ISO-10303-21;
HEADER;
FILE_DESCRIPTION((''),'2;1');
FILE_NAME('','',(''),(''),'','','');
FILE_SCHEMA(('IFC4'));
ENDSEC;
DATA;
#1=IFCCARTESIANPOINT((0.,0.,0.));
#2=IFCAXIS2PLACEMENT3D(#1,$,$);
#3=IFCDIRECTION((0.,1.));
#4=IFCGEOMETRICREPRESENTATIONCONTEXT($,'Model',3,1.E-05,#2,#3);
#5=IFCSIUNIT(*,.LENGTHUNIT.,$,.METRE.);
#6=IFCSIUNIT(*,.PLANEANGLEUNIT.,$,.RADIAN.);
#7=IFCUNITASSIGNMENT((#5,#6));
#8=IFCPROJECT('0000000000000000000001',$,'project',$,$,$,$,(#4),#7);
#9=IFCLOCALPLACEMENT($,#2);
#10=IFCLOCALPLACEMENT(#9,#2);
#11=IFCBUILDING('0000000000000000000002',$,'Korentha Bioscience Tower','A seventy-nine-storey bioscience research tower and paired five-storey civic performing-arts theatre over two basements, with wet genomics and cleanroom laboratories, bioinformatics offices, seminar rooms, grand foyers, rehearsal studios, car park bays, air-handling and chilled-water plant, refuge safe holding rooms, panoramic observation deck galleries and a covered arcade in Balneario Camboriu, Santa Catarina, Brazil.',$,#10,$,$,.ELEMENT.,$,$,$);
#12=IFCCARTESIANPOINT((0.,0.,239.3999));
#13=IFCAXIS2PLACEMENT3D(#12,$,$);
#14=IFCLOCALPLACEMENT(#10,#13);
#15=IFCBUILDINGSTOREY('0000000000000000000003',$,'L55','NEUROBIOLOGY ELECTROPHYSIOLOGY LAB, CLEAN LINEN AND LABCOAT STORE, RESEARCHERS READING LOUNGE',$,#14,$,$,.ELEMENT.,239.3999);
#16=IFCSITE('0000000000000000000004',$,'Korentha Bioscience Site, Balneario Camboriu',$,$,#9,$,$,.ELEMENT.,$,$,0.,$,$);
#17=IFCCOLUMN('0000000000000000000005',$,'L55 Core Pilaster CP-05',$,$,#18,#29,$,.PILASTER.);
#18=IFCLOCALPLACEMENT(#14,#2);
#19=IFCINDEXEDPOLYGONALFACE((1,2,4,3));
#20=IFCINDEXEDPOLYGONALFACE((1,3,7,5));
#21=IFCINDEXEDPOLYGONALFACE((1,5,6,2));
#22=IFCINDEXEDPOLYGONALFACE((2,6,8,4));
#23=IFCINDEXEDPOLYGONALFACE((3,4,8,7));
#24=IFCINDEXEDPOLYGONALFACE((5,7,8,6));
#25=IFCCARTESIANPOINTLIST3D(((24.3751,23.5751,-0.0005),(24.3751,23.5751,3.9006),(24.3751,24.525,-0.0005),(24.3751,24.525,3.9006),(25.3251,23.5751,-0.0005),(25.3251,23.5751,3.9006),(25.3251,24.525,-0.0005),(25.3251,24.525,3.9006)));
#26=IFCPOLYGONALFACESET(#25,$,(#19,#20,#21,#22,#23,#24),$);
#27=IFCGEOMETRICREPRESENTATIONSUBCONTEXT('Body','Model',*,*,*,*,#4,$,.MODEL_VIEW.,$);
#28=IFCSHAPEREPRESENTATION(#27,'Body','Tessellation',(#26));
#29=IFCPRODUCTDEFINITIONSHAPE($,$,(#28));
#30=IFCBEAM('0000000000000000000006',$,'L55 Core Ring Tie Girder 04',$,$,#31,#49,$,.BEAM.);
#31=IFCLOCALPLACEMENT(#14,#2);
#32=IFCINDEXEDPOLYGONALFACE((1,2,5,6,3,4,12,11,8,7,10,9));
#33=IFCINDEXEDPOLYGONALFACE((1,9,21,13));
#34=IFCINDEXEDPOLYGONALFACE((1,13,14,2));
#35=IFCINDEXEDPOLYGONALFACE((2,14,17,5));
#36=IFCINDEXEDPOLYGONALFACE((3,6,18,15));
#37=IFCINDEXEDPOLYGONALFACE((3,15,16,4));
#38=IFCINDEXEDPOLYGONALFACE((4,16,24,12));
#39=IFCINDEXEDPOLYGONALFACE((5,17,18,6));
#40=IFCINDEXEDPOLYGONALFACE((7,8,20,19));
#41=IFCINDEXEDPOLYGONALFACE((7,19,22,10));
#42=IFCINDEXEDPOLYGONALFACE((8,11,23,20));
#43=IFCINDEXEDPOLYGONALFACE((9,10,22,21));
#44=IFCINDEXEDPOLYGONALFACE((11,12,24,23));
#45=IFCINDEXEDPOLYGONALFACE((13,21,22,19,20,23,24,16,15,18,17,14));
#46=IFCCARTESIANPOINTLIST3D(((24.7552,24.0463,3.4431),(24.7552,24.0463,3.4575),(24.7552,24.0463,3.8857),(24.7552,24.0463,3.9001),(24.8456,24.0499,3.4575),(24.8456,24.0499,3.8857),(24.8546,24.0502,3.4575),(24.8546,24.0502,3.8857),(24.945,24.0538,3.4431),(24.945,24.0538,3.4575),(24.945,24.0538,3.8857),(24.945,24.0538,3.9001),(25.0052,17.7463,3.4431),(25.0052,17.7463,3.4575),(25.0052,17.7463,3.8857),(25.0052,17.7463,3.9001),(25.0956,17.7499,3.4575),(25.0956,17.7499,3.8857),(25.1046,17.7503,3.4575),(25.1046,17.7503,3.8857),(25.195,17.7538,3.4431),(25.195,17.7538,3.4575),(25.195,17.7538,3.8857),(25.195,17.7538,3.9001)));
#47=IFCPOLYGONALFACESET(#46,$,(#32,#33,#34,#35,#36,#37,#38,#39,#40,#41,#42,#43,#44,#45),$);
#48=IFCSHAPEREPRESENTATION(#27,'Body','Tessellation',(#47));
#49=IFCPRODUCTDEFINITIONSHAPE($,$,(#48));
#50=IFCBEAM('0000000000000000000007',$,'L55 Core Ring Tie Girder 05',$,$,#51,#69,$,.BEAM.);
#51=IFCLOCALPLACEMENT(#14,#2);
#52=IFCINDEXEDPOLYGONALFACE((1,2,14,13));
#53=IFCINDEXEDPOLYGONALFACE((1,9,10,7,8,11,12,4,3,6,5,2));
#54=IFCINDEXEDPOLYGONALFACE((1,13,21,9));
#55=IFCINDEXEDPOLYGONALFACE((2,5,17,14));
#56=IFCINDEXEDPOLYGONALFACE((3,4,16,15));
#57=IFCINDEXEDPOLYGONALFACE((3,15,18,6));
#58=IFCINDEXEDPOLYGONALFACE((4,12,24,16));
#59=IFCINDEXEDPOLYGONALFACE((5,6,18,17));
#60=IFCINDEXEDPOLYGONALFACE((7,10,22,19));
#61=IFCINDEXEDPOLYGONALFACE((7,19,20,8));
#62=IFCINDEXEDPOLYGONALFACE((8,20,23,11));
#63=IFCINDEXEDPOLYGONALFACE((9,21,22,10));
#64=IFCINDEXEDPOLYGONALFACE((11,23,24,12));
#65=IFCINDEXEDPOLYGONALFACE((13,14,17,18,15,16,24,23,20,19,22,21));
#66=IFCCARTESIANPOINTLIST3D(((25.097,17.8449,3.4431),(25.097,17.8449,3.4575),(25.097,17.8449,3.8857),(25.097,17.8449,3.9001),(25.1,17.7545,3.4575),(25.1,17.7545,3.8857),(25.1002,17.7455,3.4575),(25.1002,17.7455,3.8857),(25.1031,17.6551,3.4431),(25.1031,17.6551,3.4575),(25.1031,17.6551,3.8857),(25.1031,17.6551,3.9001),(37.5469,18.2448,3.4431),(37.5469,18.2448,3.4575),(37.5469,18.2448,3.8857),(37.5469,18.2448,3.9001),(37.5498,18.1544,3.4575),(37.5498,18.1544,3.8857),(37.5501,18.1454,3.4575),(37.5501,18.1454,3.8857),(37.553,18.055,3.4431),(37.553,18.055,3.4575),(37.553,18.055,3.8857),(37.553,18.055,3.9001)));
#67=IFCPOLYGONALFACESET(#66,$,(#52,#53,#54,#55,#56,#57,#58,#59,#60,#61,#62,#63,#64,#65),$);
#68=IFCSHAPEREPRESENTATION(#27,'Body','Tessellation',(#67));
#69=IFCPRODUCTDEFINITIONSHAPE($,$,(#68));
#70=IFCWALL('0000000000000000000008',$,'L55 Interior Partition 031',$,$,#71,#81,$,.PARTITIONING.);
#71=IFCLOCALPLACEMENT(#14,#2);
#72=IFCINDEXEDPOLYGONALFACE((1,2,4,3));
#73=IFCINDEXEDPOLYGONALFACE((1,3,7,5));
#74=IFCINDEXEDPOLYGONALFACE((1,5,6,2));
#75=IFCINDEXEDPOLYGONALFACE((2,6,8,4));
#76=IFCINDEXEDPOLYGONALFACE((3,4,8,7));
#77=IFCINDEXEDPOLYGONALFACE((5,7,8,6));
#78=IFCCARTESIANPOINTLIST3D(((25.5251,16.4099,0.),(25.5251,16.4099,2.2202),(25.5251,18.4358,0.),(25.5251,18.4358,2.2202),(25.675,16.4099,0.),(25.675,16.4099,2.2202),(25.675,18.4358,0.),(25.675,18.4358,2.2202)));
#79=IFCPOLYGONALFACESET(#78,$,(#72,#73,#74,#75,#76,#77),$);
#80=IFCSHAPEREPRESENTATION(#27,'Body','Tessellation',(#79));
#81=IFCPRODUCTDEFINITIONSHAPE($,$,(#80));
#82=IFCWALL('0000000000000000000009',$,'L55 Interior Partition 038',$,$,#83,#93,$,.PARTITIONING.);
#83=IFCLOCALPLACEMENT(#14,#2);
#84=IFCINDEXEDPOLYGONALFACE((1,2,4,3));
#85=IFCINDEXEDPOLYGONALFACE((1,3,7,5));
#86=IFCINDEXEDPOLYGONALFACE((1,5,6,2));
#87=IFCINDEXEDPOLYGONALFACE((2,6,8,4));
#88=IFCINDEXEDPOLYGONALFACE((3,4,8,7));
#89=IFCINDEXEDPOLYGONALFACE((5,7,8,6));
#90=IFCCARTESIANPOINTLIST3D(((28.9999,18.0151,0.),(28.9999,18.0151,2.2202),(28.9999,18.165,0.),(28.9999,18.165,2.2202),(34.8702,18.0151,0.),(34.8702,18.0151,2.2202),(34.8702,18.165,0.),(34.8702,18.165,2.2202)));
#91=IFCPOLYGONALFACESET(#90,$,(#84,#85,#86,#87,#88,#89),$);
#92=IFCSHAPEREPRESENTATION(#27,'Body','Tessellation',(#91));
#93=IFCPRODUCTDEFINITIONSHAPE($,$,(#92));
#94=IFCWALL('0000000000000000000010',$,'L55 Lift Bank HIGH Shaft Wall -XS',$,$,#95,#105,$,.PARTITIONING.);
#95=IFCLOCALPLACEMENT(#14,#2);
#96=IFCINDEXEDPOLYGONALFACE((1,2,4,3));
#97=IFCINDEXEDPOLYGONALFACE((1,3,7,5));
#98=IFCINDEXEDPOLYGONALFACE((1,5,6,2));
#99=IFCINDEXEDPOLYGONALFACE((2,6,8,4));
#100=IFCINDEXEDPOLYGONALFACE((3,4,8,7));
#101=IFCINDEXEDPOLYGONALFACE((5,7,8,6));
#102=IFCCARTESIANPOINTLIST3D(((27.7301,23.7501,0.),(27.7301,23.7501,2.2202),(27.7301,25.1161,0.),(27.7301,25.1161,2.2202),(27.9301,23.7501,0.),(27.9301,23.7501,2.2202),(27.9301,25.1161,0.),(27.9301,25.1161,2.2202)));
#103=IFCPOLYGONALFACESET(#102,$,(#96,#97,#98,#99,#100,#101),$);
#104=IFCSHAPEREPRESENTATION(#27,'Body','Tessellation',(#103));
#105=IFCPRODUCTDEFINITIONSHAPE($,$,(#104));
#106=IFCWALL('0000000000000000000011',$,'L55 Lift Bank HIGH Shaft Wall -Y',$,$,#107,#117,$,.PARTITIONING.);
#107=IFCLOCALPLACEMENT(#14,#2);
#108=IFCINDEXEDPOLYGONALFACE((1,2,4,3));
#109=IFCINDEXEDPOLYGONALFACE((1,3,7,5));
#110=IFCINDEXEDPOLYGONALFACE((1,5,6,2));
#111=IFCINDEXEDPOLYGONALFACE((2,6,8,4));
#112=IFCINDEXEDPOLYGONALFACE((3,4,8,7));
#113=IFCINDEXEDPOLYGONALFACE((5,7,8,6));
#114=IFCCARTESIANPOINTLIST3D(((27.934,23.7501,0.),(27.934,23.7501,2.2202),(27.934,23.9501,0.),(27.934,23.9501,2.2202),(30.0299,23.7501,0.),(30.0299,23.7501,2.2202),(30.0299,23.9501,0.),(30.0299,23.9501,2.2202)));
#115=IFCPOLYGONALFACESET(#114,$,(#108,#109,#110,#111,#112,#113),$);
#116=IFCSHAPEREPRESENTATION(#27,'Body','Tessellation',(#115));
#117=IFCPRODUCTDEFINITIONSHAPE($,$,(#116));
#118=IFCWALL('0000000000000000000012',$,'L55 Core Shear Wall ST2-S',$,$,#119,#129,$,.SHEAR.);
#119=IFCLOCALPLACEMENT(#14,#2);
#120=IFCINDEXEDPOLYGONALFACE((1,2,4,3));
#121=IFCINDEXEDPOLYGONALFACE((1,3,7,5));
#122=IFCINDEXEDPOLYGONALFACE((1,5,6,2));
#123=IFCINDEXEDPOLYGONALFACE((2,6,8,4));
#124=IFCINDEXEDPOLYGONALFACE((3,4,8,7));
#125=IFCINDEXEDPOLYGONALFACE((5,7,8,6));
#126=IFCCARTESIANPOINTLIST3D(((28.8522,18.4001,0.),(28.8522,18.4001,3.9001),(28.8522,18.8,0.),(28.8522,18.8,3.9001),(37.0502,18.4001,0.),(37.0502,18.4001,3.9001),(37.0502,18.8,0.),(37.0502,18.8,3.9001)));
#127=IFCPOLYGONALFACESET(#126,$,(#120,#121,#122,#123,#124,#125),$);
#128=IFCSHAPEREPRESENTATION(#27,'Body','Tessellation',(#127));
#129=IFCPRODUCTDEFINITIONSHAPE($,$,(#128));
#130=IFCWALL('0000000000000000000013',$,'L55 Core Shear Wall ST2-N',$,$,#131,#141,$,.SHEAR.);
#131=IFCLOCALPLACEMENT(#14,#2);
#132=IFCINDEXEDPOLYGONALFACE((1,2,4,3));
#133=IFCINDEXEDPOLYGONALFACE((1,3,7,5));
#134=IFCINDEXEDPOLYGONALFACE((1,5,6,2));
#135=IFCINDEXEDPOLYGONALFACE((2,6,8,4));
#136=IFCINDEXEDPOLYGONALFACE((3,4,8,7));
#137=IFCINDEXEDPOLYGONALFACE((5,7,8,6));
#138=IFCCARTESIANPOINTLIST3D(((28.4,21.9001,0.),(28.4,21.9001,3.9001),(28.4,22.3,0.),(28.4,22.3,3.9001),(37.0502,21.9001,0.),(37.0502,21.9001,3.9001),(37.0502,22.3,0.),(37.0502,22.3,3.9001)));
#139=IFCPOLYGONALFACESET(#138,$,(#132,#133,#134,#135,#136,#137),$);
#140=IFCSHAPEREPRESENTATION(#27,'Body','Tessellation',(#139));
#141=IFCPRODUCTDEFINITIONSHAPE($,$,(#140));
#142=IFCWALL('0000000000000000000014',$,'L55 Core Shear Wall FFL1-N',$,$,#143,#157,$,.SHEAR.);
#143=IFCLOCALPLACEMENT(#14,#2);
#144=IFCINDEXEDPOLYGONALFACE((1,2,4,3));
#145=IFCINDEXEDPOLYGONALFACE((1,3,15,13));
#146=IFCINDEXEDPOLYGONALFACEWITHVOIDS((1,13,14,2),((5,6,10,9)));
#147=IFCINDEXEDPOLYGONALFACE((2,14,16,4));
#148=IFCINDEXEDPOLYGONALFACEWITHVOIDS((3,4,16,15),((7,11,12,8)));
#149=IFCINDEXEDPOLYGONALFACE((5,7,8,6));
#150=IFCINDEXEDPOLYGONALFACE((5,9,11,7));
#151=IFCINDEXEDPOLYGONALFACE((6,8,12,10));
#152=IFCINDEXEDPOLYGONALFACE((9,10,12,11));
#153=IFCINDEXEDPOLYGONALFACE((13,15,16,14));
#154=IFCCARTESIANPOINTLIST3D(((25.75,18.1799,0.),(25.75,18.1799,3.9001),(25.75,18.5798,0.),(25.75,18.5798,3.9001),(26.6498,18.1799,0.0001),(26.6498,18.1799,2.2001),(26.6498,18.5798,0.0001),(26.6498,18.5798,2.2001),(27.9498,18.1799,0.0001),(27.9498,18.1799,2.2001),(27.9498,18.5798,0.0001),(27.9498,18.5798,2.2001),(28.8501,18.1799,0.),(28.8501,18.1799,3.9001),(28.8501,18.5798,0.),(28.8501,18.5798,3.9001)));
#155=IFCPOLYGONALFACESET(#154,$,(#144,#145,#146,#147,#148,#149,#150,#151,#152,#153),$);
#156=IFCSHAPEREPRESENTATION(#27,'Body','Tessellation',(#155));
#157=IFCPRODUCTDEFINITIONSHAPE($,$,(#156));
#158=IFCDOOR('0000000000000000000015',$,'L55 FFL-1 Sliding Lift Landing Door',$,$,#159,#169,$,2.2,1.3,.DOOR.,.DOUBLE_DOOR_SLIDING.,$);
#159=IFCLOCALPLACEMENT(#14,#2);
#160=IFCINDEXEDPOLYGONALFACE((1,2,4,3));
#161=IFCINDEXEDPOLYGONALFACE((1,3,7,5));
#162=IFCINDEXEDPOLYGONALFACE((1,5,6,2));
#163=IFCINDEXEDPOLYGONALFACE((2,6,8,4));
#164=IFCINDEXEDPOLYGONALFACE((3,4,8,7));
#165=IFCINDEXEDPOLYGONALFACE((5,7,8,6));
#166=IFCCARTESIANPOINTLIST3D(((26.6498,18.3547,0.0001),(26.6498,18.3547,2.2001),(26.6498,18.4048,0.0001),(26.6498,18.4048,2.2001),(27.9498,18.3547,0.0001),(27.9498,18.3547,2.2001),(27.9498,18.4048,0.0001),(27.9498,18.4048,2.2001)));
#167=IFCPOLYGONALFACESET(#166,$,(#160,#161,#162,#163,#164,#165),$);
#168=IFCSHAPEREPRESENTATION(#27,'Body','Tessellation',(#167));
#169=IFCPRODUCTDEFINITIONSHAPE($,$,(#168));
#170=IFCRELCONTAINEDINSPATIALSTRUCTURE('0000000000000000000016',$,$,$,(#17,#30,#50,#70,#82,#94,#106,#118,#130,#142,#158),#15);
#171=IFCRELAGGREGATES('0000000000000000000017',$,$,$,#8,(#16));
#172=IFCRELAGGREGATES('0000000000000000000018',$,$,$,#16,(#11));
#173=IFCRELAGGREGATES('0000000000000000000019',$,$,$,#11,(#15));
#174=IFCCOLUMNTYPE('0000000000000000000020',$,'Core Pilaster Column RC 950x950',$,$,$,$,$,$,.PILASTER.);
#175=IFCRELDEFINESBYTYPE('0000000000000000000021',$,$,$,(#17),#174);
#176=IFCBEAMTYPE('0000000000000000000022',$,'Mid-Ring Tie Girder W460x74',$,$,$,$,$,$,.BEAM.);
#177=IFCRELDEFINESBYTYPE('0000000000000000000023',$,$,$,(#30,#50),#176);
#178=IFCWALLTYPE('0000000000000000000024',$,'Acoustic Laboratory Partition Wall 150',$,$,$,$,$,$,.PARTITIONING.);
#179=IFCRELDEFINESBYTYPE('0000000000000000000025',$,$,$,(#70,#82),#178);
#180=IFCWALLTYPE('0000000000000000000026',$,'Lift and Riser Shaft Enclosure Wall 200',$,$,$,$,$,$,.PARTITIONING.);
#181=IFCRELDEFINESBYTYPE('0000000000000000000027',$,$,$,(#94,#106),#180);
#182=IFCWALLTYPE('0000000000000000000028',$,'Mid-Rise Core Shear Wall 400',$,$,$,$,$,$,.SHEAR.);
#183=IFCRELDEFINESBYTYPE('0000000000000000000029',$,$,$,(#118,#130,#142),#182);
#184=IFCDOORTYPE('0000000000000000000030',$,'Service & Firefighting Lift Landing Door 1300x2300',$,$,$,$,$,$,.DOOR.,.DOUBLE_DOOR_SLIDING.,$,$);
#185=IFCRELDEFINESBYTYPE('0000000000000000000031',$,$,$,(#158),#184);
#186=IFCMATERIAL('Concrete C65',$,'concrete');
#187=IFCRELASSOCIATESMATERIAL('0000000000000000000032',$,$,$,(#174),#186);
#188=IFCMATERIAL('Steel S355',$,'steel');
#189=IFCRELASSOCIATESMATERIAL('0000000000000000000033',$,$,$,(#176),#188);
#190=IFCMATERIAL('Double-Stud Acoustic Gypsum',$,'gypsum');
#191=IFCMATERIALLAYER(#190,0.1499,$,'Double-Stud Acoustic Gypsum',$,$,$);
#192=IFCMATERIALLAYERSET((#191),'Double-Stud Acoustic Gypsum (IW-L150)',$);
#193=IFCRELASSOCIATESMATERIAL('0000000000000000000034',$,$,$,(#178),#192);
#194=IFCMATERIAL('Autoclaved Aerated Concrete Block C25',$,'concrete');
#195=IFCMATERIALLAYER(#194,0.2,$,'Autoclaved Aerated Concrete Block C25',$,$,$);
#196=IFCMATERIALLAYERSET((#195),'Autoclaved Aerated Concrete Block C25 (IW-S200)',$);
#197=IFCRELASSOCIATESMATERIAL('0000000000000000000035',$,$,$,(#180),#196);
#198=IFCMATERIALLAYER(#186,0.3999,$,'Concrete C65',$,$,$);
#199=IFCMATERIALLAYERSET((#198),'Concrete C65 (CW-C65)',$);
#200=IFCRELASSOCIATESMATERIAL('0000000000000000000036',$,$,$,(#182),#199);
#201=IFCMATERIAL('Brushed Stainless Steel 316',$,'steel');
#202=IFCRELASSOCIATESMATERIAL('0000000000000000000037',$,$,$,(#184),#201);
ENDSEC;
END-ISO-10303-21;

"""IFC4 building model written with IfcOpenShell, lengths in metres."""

from ifc_helpers import new_model, si_unit, direction, frame, frame_2d, origin, origin_2d, place, context, subcontext, project, spatial, rectangle, i_section, extrude, material, layer, layer_set, material_profile, profile_set, type_object, element, fill, save


model = new_model("IFC4")

# Units and contexts
model_context = context("Model", 3, precision=1e-05, world=origin(), true_north=direction((0.0, 1.0)))
body_context = subcontext(model_context, "Body", "Model", "MODEL_VIEW")
ifc_project = project(units=[si_unit("LENGTHUNIT", "METRE"), si_unit("PLANEANGLEUNIT", "RADIAN")], contexts=[model_context])

# Site, building, storey
site_placement = place(None, origin())
site = spatial("IfcSite", under=ifc_project, at=site_placement, Name="Korentha Bioscience Site, Balneario Camboriu", CompositionType="ELEMENT", RefElevation=0.0)
building_placement = place(site_placement, origin())
building = spatial("IfcBuilding", under=site, at=building_placement, Name="Korentha Bioscience Tower", Description="A seventy-nine-storey bioscience research tower and paired five-storey civic performing-arts theatre over two basements, with wet genomics and cleanroom laboratories, bioinformatics offices, seminar rooms, grand foyers, rehearsal studios, car park bays, air-handling and chilled-water plant, refuge safe holding rooms, panoramic observation deck galleries and a covered arcade in Balneario Camboriu, Santa Catarina, Brazil.", CompositionType="ELEMENT")
storey_placement = place(building_placement, frame((0.0, 0.0, 239.3999)))
storey = spatial("IfcBuildingStorey", under=building, at=storey_placement, Name="L55", Description="NEUROBIOLOGY ELECTROPHYSIOLOGY LAB, CLEAN LINEN AND LABCOAT STORE, RESEARCHERS READING LOUNGE", CompositionType="ELEMENT", Elevation=239.3999)

# Column
ifc_material_1 = material(Name="Concrete C65", Category="concrete")
ifc_material_profile_1 = material_profile(ifc_material_1, rectangle(XDim=0.95, YDim=0.95, at=origin_2d()), Name="Concrete C65")
ifc_profile_set_1 = profile_set([ifc_material_profile_1], Name="Concrete C65 (COL-CP09)")
column_type = type_object("IfcColumnType", Name="Core Pilaster Column RC 950x950", PredefinedType="PILASTER", material=ifc_profile_set_1)
column_placement = place(storey_placement, frame((24.8501, 24.05, -0.0005), z_axis=(0.0, 0.0, 1.0), x_axis=(1.0, 0.0, 0.0)))
element("IfcColumn", 1, at=column_placement, inside=storey, type_object=column_type, Name="L55 Core Pilaster CP-05", PredefinedType="PILASTER", context=body_context, shape_type="SweptSolid", body=[
    extrude(rectangle(XDim=0.95, YDim=0.95, at=origin_2d()), origin(), (0.0, 0.0, 1.0), 3.9011),
])

# Beams
ifc_material_2 = material(Name="Steel S355", Category="steel")
ifc_material_profile_2 = material_profile(ifc_material_2, i_section(OverallWidth=0.1899, OverallDepth=0.457, WebThickness=0.009, FlangeThickness=0.0144, at=origin_2d()), Name="Steel S355")
ifc_profile_set_2 = profile_set([ifc_material_profile_2], Name="Steel S355 (MB-460)")
beam_type = type_object("IfcBeamType", Name="Mid-Ring Tie Girder W460x74", PredefinedType="BEAM", material=ifc_profile_set_2)
beam_1_placement = place(storey_placement, frame((24.8501, 24.05, 3.6716), z_axis=(0.039651, -0.999214, 0.0), x_axis=(0.999214, 0.039651, 0.0)))
element("IfcBeam", 2, at=beam_1_placement, inside=storey, type_object=beam_type, Name="L55 Core Ring Tie Girder 04", PredefinedType="BEAM", context=body_context, shape_type="SweptSolid", body=[
    extrude(i_section(OverallWidth=0.1899, OverallDepth=0.457, WebThickness=0.009, FlangeThickness=0.0144, at=origin_2d()), origin(), (0.0, 0.0, 1.0), 6.3049),
])
beam_2_placement = place(storey_placement, frame((25.1001, 17.75, 3.6716), z_axis=(0.999485, 0.032104, 0.0), x_axis=(-0.032104, 0.999485, 0.0)))
element("IfcBeam", 3, at=beam_2_placement, inside=storey, type_object=beam_type, Name="L55 Core Ring Tie Girder 05", PredefinedType="BEAM", context=body_context, shape_type="SweptSolid", body=[
    extrude(i_section(OverallWidth=0.1899, OverallDepth=0.457, WebThickness=0.009, FlangeThickness=0.0144, at=origin_2d()), origin(), (0.0, 0.0, 1.0), 12.4563),
])

# Walls
ifc_material_3 = material(Name="Double-Stud Acoustic Gypsum", Category="gypsum")
ifc_layer_1 = layer(ifc_material_3, 0.1499, Name="Double-Stud Acoustic Gypsum")
ifc_layer_set_1 = layer_set([ifc_layer_1], Name="Double-Stud Acoustic Gypsum (IW-L150)")
wall_type_1 = type_object("IfcWallType", Name="Acoustic Laboratory Partition Wall 150", PredefinedType="PARTITIONING", material=ifc_layer_set_1)
wall_1_placement = place(storey_placement, frame((25.6001, 18.4358, 0.0), z_axis=(0.0, 0.0, 1.0), x_axis=(0.0, -1.0, 0.0)))
element("IfcWall", 4, at=wall_1_placement, inside=storey, type_object=wall_type_1, Name="L55 Interior Partition 031", PredefinedType="PARTITIONING", context=body_context, shape_type="SweptSolid", body=[
    extrude(rectangle(XDim=2.0259, YDim=0.1499, at=frame_2d((1.0129, 0.0))), origin(), (0.0, 0.0, 1.0), 2.2202),
])
wall_2_placement = place(storey_placement, frame((29.0, 18.0901, 0.0), z_axis=(0.0, 0.0, 1.0), x_axis=(1.0, 0.0, 0.0)))
element("IfcWall", 5, at=wall_2_placement, inside=storey, type_object=wall_type_1, Name="L55 Interior Partition 038", PredefinedType="PARTITIONING", context=body_context, shape_type="SweptSolid", body=[
    extrude(rectangle(XDim=5.8704, YDim=0.1499, at=frame_2d((2.9351, 0.0))), origin(), (0.0, 0.0, 1.0), 2.2202),
])
ifc_material_4 = material(Name="Autoclaved Aerated Concrete Block C25", Category="concrete")
ifc_layer_2 = layer(ifc_material_4, 0.2, Name="Autoclaved Aerated Concrete Block C25")
ifc_layer_set_2 = layer_set([ifc_layer_2], Name="Autoclaved Aerated Concrete Block C25 (IW-S200)")
wall_type_2 = type_object("IfcWallType", Name="Lift and Riser Shaft Enclosure Wall 200", PredefinedType="PARTITIONING", material=ifc_layer_set_2)
wall_3_placement = place(storey_placement, frame((27.8301, 23.75, 0.0), z_axis=(0.0, 0.0, 1.0), x_axis=(0.0, 1.0, 0.0)))
element("IfcWall", 6, at=wall_3_placement, inside=storey, type_object=wall_type_2, Name="L55 Lift Bank HIGH Shaft Wall -XS", PredefinedType="PARTITIONING", context=body_context, shape_type="SweptSolid", body=[
    extrude(rectangle(XDim=1.366, YDim=0.2, at=frame_2d((0.6831, 0.0))), origin(), (0.0, 0.0, 1.0), 2.2202),
])
wall_4_placement = place(storey_placement, frame((27.9341, 23.8501, 0.0), z_axis=(0.0, 0.0, 1.0), x_axis=(1.0, 0.0, 0.0)))
element("IfcWall", 7, at=wall_4_placement, inside=storey, type_object=wall_type_2, Name="L55 Lift Bank HIGH Shaft Wall -Y", PredefinedType="PARTITIONING", context=body_context, shape_type="SweptSolid", body=[
    extrude(rectangle(XDim=2.0959, YDim=0.2, at=frame_2d((1.0479, 0.0))), origin(), (0.0, 0.0, 1.0), 2.2202),
])
ifc_layer_3 = layer(ifc_material_1, 0.3999, Name="Concrete C65")
ifc_layer_set_3 = layer_set([ifc_layer_3], Name="Concrete C65 (CW-C65)")
wall_type_3 = type_object("IfcWallType", Name="Mid-Rise Core Shear Wall 400", PredefinedType="SHEAR", material=ifc_layer_set_3)
wall_5_placement = place(storey_placement, frame((28.8521, 18.6001, 0.0), z_axis=(0.0, 0.0, 1.0), x_axis=(1.0, 0.0, 0.0)))
element("IfcWall", 8, at=wall_5_placement, inside=storey, type_object=wall_type_3, Name="L55 Core Shear Wall ST2-S", PredefinedType="SHEAR", context=body_context, shape_type="SweptSolid", body=[
    extrude(rectangle(XDim=8.198, YDim=0.3999, at=frame_2d((4.0991, 0.0))), origin(), (0.0, 0.0, 1.0), 3.9001),
])
wall_6_placement = place(storey_placement, frame((28.3999, 22.1001, 0.0), z_axis=(0.0, 0.0, 1.0), x_axis=(1.0, 0.0, 0.0)))
element("IfcWall", 9, at=wall_6_placement, inside=storey, type_object=wall_type_3, Name="L55 Core Shear Wall ST2-N", PredefinedType="SHEAR", context=body_context, shape_type="SweptSolid", body=[
    extrude(rectangle(XDim=8.6501, YDim=0.3999, at=frame_2d((4.3252, 0.0))), origin(), (0.0, 0.0, 1.0), 3.9001),
])

# Wall, opening, door
wall_7_placement = place(storey_placement, frame((25.75, 18.3799, 0.0), z_axis=(0.0, 0.0, 1.0), x_axis=(1.0, 0.0, 0.0)))
wall_7 = element("IfcWall", 10, at=wall_7_placement, inside=storey, type_object=wall_type_3, Name="L55 Core Shear Wall FFL1-N", PredefinedType="SHEAR", context=body_context, shape_type="SweptSolid", body=[
    extrude(rectangle(XDim=3.1001, YDim=0.3999, at=frame_2d((1.55, 0.0))), origin(), (0.0, 0.0, 1.0), 3.9001),
])
opening_1_placement = place(wall_7_placement, frame((0.8999, 0.0, 0.0)))
opening_1 = element("IfcOpeningElement", 11, at=opening_1_placement, cuts=wall_7, PredefinedType="OPENING", context=body_context, shape_type="SweptSolid", body=[
    extrude(rectangle(XDim=1.3, YDim=2.2, at=frame_2d((0.6499, 1.1001))), frame((0.0, 0.2148, 0.0), z_axis=(0.0, -1.0, 0.0), x_axis=(1.0, 0.0, 0.0)), (0.0, 0.0, 1.0), 0.4297),
])
ifc_material_5 = material(Name="Brushed Stainless Steel 316", Category="steel")
door_type_1 = type_object("IfcDoorType", Name="Service & Firefighting Lift Landing Door 1300x2300", OperationType="DOUBLE_DOOR_SLIDING", PredefinedType="DOOR", material=ifc_material_5)
door_1_placement = place(opening_1_placement, origin())
door_1 = element("IfcDoor", 12, at=door_1_placement, inside=storey, type_object=door_type_1, Name="L55 FFL-1 Sliding Lift Landing Door", OperationType="DOUBLE_DOOR_SLIDING", OverallHeight=2.2, OverallWidth=1.3, PredefinedType="DOOR", context=body_context, shape_type="SweptSolid", body=[
    extrude(rectangle(XDim=1.3, YDim=2.2, at=frame_2d((0.6499, 1.1001))), frame((0.0, 0.0249, 0.0), z_axis=(0.0, -1.0, 0.0), x_axis=(1.0, 0.0, 0.0)), (0.0, 0.0, 1.0), 0.05),
])
fill(opening_1, door_1)

save(model, "model.ifc")
